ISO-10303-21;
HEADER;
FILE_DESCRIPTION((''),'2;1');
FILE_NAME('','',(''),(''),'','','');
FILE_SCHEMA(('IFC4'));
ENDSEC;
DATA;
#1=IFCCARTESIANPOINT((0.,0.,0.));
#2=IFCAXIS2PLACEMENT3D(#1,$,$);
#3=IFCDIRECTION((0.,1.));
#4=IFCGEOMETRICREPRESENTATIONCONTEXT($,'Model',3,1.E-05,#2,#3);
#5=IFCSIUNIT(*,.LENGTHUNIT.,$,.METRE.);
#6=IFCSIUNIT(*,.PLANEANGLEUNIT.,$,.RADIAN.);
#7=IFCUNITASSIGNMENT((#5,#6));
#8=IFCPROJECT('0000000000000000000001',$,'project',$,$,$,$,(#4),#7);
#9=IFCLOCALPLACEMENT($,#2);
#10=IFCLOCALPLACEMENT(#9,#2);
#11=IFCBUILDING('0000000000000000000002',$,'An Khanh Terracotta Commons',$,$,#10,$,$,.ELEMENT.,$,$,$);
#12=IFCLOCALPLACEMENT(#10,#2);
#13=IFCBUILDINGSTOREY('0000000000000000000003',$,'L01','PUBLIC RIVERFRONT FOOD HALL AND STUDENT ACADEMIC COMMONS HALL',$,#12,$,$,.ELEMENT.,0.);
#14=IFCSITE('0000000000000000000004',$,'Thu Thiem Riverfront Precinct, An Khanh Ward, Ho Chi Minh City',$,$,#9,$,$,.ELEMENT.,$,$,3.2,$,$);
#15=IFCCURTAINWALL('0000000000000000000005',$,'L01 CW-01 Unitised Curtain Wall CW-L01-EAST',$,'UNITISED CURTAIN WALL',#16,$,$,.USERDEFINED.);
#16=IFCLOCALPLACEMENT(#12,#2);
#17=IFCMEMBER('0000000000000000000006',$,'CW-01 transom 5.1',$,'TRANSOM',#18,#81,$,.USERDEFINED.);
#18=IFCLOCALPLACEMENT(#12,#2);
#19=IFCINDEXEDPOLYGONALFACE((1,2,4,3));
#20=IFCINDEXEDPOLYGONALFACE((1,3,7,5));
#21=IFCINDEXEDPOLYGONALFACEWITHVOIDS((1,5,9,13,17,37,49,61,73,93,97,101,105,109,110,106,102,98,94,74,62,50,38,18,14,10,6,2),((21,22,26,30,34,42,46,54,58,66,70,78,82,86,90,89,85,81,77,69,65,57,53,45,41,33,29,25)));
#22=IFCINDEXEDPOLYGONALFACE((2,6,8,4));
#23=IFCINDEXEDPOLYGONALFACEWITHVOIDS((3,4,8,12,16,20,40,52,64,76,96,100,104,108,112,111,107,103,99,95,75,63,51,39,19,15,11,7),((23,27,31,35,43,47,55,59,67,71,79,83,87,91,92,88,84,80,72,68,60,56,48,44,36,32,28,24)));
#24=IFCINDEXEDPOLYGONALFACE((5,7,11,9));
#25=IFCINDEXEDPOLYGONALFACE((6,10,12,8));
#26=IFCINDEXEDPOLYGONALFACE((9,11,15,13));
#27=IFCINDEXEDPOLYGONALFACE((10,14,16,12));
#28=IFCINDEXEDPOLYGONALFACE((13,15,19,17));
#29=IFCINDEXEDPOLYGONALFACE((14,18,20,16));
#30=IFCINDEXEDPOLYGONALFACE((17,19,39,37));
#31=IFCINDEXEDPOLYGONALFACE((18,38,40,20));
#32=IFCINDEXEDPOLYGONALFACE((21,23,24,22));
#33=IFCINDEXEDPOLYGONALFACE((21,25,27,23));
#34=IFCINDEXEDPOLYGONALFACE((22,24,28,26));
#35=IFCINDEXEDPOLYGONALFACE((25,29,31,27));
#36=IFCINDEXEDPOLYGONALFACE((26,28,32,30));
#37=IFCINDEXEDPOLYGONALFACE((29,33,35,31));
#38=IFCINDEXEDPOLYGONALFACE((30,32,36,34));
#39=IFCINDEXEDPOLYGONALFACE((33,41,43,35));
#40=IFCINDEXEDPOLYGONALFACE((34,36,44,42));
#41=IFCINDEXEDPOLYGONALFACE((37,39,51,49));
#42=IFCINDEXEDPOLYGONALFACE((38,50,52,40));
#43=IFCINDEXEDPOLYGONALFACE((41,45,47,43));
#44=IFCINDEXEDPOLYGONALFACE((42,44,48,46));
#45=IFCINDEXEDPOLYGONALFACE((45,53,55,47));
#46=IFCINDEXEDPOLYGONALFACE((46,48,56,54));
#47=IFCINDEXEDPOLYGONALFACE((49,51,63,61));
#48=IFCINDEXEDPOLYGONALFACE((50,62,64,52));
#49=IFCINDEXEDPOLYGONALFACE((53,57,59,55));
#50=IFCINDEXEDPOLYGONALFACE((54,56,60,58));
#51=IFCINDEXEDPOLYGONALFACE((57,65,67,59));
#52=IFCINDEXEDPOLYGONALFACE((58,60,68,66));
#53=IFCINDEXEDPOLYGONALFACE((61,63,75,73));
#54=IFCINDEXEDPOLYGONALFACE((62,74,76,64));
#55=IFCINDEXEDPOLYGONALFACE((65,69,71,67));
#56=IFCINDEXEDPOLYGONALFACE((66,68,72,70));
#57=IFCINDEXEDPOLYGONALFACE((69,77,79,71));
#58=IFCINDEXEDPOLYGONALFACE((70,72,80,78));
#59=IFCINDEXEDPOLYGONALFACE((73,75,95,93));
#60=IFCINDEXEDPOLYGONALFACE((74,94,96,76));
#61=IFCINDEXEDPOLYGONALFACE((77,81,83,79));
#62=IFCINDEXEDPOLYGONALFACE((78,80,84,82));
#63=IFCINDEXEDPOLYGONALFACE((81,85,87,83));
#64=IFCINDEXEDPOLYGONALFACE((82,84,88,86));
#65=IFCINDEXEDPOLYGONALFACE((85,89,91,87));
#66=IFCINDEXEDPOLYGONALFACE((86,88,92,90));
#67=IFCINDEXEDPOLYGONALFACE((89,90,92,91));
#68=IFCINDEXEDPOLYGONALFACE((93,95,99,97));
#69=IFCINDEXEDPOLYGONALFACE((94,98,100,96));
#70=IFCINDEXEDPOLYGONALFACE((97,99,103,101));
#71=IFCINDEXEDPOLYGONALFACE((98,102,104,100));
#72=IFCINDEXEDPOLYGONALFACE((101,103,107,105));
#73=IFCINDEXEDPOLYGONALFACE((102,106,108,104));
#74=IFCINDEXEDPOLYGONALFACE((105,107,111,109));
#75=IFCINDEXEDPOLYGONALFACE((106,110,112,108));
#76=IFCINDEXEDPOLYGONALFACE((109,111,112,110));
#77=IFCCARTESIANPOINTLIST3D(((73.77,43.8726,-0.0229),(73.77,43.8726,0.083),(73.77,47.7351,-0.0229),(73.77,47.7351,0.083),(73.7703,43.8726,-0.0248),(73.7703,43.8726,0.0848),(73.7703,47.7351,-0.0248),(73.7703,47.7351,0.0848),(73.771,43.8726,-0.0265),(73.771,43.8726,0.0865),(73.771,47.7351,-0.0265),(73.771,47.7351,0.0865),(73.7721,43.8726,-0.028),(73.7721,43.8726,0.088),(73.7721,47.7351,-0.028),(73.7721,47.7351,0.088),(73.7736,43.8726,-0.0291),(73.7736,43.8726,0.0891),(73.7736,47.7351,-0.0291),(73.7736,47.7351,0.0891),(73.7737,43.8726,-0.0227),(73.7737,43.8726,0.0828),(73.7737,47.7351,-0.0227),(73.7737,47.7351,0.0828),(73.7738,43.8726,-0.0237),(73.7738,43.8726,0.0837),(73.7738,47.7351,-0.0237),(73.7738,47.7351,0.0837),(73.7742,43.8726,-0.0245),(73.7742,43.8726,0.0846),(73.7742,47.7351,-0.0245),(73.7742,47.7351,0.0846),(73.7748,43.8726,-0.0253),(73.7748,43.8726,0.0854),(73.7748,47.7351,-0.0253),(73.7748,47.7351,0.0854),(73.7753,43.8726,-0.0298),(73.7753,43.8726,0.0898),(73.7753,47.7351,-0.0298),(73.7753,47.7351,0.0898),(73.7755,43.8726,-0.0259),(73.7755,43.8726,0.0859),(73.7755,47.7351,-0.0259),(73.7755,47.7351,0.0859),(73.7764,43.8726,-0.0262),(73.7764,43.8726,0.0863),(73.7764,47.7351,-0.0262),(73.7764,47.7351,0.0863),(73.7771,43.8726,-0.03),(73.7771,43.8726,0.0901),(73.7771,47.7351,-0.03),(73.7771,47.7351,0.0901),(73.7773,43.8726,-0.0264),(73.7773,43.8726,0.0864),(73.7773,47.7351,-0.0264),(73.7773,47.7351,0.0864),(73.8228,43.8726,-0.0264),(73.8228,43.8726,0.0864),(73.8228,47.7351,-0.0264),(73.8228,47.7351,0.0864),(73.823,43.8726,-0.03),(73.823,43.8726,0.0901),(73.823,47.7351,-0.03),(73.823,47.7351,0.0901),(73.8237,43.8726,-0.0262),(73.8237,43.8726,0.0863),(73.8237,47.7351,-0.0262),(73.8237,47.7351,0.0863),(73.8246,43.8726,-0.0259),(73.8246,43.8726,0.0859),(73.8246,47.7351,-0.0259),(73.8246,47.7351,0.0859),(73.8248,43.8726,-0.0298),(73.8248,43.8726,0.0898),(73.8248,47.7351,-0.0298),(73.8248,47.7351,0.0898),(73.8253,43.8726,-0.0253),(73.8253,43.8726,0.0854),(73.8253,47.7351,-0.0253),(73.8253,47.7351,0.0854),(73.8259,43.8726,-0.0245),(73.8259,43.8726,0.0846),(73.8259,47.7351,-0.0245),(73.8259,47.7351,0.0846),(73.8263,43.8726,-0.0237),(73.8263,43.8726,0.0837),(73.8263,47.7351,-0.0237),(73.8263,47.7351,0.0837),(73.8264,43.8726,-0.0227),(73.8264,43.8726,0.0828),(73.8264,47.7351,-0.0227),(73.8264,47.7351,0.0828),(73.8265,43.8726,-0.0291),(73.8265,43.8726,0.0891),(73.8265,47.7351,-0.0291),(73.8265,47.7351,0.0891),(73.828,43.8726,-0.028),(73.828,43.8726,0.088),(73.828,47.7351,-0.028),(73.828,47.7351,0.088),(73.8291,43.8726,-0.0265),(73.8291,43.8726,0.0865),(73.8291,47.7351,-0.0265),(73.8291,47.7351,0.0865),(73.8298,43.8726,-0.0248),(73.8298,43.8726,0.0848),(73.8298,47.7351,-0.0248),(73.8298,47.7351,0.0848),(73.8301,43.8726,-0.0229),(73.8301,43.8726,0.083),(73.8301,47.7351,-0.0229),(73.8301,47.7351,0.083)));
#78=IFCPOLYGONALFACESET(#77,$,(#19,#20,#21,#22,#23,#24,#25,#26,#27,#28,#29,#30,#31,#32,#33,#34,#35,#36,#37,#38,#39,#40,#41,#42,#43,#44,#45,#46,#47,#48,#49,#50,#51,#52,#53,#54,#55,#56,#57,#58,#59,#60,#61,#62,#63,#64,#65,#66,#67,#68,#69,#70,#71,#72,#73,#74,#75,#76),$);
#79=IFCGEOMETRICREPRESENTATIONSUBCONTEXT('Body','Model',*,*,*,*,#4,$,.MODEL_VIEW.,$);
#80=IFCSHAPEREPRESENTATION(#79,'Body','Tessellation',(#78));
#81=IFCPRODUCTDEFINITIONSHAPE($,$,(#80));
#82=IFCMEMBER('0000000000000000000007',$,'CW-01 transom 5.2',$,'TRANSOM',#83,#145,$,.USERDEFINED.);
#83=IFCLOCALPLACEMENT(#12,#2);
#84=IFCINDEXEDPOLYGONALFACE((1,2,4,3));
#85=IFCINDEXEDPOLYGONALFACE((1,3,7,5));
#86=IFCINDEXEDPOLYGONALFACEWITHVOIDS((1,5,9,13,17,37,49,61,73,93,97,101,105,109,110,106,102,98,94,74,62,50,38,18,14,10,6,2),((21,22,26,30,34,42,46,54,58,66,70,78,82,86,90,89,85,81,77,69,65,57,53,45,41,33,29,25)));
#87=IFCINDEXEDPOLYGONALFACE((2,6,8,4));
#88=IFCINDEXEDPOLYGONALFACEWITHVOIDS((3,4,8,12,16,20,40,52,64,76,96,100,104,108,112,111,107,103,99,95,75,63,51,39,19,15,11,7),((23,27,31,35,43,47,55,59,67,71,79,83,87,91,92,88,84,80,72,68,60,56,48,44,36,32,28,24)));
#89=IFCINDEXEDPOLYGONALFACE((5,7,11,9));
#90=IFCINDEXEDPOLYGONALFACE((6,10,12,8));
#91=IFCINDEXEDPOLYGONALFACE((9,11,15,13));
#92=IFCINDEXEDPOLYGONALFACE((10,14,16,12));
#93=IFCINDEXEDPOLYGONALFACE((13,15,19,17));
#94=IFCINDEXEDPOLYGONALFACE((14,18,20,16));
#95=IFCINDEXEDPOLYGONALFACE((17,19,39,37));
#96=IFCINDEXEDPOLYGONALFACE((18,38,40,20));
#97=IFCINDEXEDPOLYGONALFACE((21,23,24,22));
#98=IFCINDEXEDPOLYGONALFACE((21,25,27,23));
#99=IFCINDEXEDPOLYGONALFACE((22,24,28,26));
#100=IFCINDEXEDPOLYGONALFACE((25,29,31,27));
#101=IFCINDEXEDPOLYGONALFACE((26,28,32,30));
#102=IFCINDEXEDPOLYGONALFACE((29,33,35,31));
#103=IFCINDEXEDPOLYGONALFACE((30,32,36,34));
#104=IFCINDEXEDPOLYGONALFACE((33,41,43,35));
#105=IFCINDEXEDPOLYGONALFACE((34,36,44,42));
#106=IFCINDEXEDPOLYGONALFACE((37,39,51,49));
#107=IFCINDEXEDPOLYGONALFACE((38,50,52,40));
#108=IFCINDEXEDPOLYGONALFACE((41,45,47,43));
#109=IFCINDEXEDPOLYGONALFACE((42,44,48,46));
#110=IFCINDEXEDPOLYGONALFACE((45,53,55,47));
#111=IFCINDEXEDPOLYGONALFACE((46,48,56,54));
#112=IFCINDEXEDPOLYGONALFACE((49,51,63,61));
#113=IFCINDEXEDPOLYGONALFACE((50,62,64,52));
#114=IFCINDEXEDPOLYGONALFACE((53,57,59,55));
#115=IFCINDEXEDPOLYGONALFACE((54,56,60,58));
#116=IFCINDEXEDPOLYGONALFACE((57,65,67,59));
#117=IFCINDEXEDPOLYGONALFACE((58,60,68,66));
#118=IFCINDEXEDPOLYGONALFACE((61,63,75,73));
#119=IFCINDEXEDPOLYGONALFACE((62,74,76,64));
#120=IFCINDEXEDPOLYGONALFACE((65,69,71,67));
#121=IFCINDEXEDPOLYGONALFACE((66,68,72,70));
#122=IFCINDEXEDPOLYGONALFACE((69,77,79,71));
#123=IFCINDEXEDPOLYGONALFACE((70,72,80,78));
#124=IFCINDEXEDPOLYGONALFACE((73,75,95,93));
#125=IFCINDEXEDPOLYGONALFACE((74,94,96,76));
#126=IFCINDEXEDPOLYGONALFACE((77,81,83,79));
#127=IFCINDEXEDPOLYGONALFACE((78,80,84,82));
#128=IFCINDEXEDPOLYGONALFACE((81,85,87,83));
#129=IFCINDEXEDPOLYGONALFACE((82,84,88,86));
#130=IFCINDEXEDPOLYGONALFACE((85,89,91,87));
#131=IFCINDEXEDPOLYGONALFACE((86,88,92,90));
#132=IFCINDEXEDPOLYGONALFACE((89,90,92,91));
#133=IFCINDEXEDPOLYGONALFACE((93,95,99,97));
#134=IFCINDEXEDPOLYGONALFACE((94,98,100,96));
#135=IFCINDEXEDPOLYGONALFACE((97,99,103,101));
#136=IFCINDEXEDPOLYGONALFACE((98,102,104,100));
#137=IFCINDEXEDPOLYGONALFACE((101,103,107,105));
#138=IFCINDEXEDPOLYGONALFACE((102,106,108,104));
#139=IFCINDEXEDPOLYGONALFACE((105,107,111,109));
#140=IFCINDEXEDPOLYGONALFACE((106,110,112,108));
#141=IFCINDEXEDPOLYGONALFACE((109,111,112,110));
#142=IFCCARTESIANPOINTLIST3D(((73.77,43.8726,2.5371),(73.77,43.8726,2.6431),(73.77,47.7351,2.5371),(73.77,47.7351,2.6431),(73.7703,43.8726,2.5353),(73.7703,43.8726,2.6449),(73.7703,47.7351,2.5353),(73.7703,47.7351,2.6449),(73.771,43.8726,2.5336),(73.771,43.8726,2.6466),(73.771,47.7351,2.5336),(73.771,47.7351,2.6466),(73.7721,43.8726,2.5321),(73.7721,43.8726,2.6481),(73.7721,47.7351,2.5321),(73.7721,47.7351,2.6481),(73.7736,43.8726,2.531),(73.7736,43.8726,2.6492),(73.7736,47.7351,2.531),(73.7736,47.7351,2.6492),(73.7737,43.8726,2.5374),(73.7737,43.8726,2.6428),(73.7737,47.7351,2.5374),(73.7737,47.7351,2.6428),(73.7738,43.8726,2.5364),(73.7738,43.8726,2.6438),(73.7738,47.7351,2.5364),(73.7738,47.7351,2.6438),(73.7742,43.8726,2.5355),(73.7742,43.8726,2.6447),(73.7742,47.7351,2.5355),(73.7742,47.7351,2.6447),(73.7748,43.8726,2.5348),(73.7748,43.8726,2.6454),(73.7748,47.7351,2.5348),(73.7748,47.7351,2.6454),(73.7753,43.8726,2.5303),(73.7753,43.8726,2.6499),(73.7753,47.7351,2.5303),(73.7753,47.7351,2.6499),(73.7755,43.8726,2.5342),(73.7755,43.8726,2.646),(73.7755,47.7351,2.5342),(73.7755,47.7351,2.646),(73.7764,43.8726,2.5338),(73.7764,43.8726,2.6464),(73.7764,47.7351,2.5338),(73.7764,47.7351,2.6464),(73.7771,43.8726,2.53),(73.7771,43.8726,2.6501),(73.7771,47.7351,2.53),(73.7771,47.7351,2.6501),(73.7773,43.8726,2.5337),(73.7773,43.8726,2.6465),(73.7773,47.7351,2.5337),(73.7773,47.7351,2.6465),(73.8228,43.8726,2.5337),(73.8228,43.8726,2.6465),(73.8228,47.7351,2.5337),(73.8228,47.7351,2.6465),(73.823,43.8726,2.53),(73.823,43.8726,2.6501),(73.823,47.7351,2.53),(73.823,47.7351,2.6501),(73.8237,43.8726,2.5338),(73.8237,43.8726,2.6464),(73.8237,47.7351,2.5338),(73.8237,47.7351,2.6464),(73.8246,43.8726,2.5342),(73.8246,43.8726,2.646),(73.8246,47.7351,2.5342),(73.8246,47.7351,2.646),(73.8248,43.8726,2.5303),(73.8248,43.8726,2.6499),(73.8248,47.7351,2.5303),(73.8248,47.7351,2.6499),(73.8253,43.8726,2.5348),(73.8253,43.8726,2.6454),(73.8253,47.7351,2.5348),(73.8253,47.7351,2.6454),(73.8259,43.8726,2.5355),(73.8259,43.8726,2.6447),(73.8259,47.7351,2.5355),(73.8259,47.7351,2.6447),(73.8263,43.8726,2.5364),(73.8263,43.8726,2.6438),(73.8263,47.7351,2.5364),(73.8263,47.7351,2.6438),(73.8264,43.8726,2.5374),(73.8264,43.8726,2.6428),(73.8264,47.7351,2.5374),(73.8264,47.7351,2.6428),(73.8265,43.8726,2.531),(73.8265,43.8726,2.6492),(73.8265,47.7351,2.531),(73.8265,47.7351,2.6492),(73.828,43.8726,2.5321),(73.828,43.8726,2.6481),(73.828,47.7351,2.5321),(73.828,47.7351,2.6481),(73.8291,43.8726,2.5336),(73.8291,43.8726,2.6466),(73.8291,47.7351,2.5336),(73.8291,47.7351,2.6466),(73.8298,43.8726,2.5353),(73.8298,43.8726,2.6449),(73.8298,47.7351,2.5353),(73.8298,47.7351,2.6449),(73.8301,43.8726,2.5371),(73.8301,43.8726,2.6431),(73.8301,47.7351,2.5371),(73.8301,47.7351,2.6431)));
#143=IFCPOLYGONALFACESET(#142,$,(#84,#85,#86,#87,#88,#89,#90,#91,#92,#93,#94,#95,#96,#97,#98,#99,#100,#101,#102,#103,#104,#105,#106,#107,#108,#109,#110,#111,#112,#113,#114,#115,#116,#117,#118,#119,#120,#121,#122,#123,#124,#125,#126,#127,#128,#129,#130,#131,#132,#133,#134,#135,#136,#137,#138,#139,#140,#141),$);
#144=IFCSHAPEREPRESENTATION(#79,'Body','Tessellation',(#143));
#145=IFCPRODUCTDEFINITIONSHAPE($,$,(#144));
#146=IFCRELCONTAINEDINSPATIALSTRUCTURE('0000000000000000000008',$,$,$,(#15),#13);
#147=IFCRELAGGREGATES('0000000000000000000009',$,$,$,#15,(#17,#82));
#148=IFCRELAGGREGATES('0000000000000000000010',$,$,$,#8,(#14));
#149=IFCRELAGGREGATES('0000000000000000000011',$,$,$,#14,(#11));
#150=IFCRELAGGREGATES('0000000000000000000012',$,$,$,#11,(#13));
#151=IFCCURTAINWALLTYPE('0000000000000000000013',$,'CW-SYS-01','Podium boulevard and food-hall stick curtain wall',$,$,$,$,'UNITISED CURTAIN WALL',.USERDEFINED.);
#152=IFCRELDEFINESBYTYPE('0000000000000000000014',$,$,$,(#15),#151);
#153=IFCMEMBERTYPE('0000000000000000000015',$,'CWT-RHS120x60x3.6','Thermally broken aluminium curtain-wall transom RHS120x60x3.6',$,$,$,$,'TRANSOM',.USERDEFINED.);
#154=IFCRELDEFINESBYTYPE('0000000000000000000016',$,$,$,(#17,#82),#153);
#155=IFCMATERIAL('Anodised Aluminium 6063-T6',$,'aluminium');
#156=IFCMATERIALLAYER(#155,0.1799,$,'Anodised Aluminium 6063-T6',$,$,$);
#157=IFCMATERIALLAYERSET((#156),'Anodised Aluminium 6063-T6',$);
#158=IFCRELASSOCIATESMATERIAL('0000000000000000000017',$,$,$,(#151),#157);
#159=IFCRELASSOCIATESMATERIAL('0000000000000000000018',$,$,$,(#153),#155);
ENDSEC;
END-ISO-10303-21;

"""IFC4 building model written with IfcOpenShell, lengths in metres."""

from ifc_helpers import new_model, si_unit, direction, frame, origin, origin_2d, place, context, subcontext, project, spatial, hollow_rectangle, extrude, material, layer, layer_set, material_profile, profile_set, type_object, element, aggregate, save


model = new_model("IFC4")

# Units and contexts
model_context = context("Model", 3, precision=1e-05, world=origin(), true_north=direction((0.0, 1.0)))
body_context = subcontext(model_context, "Body", "Model", "MODEL_VIEW")
ifc_project = project(units=[si_unit("LENGTHUNIT", "METRE"), si_unit("PLANEANGLEUNIT", "RADIAN")], contexts=[model_context])

# Site, building, storey
site_placement = place(None, origin())
site = spatial("IfcSite", under=ifc_project, at=site_placement, Name="Thu Thiem Riverfront Precinct, An Khanh Ward, Ho Chi Minh City", CompositionType="ELEMENT", RefElevation=3.2)
building_placement = place(site_placement, origin())
building = spatial("IfcBuilding", under=site, at=building_placement, Name="An Khanh Terracotta Commons", CompositionType="ELEMENT")
storey_placement = place(building_placement, origin())
storey = spatial("IfcBuildingStorey", under=building, at=storey_placement, Name="L01", Description="PUBLIC RIVERFRONT FOOD HALL AND STUDENT ACADEMIC COMMONS HALL", CompositionType="ELEMENT", Elevation=0.0)

# Curtain wall, members
ifc_material_1 = material(Name="Anodised Aluminium 6063-T6", Category="aluminium")
ifc_layer_1 = layer(ifc_material_1, 0.1799, Name="Anodised Aluminium 6063-T6")
ifc_layer_set_1 = layer_set([ifc_layer_1], Name="Anodised Aluminium 6063-T6")
curtain_wall_type = type_object("IfcCurtainWallType", Name="CW-SYS-01", Description="Podium boulevard and food-hall stick curtain wall", ElementType="UNITISED CURTAIN WALL", PredefinedType="USERDEFINED", material=ifc_layer_set_1)
curtain_wall_placement = place(storey_placement, origin())
curtain_wall = element("IfcCurtainWall", 1, at=curtain_wall_placement, inside=storey, type_object=curtain_wall_type, Name="L01 CW-01 Unitised Curtain Wall CW-L01-EAST", ObjectType="UNITISED CURTAIN WALL", PredefinedType="USERDEFINED")
ifc_material_profile_1 = material_profile(ifc_material_1, hollow_rectangle(XDim=0.0601, YDim=0.1201, WallThickness=0.0037, InnerFilletRadius=0.0037, OuterFilletRadius=0.0071, at=origin_2d()), Name="RHS120x60x3.6")
ifc_profile_set_1 = profile_set([ifc_material_profile_1], Name="Anodised Aluminium 6063-T6")
member_type_1 = type_object("IfcMemberType", Name="CWT-RHS120x60x3.6", Description="Thermally broken aluminium curtain-wall transom RHS120x60x3.6", ElementType="TRANSOM", PredefinedType="USERDEFINED", material=ifc_profile_set_1)
member_1_placement = place(storey_placement, frame((73.8, 43.8726, 0.03), z_axis=(0.0, 1.0, 0.0), x_axis=(-1.0, 0.0, 0.0)))
member_1 = element("IfcMember", 2, at=member_1_placement, type_object=member_type_1, Name="CW-01 transom 5.1", ObjectType="TRANSOM", PredefinedType="USERDEFINED", context=body_context, shape_type="SweptSolid", body=[
    extrude(hollow_rectangle(XDim=0.0601, YDim=0.1201, WallThickness=0.0037, InnerFilletRadius=0.0037, OuterFilletRadius=0.0071, at=origin_2d()), origin(), (0.0, 0.0, 1.0), 3.8625),
])
member_2_placement = place(storey_placement, frame((73.8, 43.8726, 2.5901), z_axis=(0.0, 1.0, 0.0), x_axis=(-1.0, 0.0, 0.0)))
member_2 = element("IfcMember", 3, at=member_2_placement, type_object=member_type_1, Name="CW-01 transom 5.2", ObjectType="TRANSOM", PredefinedType="USERDEFINED", context=body_context, shape_type="SweptSolid", body=[
    extrude(hollow_rectangle(XDim=0.0601, YDim=0.1201, WallThickness=0.0037, InnerFilletRadius=0.0037, OuterFilletRadius=0.0071, at=origin_2d()), origin(), (0.0, 0.0, 1.0), 3.8625),
])
aggregate(curtain_wall, [member_1, member_2])

save(model, "model.ifc")
